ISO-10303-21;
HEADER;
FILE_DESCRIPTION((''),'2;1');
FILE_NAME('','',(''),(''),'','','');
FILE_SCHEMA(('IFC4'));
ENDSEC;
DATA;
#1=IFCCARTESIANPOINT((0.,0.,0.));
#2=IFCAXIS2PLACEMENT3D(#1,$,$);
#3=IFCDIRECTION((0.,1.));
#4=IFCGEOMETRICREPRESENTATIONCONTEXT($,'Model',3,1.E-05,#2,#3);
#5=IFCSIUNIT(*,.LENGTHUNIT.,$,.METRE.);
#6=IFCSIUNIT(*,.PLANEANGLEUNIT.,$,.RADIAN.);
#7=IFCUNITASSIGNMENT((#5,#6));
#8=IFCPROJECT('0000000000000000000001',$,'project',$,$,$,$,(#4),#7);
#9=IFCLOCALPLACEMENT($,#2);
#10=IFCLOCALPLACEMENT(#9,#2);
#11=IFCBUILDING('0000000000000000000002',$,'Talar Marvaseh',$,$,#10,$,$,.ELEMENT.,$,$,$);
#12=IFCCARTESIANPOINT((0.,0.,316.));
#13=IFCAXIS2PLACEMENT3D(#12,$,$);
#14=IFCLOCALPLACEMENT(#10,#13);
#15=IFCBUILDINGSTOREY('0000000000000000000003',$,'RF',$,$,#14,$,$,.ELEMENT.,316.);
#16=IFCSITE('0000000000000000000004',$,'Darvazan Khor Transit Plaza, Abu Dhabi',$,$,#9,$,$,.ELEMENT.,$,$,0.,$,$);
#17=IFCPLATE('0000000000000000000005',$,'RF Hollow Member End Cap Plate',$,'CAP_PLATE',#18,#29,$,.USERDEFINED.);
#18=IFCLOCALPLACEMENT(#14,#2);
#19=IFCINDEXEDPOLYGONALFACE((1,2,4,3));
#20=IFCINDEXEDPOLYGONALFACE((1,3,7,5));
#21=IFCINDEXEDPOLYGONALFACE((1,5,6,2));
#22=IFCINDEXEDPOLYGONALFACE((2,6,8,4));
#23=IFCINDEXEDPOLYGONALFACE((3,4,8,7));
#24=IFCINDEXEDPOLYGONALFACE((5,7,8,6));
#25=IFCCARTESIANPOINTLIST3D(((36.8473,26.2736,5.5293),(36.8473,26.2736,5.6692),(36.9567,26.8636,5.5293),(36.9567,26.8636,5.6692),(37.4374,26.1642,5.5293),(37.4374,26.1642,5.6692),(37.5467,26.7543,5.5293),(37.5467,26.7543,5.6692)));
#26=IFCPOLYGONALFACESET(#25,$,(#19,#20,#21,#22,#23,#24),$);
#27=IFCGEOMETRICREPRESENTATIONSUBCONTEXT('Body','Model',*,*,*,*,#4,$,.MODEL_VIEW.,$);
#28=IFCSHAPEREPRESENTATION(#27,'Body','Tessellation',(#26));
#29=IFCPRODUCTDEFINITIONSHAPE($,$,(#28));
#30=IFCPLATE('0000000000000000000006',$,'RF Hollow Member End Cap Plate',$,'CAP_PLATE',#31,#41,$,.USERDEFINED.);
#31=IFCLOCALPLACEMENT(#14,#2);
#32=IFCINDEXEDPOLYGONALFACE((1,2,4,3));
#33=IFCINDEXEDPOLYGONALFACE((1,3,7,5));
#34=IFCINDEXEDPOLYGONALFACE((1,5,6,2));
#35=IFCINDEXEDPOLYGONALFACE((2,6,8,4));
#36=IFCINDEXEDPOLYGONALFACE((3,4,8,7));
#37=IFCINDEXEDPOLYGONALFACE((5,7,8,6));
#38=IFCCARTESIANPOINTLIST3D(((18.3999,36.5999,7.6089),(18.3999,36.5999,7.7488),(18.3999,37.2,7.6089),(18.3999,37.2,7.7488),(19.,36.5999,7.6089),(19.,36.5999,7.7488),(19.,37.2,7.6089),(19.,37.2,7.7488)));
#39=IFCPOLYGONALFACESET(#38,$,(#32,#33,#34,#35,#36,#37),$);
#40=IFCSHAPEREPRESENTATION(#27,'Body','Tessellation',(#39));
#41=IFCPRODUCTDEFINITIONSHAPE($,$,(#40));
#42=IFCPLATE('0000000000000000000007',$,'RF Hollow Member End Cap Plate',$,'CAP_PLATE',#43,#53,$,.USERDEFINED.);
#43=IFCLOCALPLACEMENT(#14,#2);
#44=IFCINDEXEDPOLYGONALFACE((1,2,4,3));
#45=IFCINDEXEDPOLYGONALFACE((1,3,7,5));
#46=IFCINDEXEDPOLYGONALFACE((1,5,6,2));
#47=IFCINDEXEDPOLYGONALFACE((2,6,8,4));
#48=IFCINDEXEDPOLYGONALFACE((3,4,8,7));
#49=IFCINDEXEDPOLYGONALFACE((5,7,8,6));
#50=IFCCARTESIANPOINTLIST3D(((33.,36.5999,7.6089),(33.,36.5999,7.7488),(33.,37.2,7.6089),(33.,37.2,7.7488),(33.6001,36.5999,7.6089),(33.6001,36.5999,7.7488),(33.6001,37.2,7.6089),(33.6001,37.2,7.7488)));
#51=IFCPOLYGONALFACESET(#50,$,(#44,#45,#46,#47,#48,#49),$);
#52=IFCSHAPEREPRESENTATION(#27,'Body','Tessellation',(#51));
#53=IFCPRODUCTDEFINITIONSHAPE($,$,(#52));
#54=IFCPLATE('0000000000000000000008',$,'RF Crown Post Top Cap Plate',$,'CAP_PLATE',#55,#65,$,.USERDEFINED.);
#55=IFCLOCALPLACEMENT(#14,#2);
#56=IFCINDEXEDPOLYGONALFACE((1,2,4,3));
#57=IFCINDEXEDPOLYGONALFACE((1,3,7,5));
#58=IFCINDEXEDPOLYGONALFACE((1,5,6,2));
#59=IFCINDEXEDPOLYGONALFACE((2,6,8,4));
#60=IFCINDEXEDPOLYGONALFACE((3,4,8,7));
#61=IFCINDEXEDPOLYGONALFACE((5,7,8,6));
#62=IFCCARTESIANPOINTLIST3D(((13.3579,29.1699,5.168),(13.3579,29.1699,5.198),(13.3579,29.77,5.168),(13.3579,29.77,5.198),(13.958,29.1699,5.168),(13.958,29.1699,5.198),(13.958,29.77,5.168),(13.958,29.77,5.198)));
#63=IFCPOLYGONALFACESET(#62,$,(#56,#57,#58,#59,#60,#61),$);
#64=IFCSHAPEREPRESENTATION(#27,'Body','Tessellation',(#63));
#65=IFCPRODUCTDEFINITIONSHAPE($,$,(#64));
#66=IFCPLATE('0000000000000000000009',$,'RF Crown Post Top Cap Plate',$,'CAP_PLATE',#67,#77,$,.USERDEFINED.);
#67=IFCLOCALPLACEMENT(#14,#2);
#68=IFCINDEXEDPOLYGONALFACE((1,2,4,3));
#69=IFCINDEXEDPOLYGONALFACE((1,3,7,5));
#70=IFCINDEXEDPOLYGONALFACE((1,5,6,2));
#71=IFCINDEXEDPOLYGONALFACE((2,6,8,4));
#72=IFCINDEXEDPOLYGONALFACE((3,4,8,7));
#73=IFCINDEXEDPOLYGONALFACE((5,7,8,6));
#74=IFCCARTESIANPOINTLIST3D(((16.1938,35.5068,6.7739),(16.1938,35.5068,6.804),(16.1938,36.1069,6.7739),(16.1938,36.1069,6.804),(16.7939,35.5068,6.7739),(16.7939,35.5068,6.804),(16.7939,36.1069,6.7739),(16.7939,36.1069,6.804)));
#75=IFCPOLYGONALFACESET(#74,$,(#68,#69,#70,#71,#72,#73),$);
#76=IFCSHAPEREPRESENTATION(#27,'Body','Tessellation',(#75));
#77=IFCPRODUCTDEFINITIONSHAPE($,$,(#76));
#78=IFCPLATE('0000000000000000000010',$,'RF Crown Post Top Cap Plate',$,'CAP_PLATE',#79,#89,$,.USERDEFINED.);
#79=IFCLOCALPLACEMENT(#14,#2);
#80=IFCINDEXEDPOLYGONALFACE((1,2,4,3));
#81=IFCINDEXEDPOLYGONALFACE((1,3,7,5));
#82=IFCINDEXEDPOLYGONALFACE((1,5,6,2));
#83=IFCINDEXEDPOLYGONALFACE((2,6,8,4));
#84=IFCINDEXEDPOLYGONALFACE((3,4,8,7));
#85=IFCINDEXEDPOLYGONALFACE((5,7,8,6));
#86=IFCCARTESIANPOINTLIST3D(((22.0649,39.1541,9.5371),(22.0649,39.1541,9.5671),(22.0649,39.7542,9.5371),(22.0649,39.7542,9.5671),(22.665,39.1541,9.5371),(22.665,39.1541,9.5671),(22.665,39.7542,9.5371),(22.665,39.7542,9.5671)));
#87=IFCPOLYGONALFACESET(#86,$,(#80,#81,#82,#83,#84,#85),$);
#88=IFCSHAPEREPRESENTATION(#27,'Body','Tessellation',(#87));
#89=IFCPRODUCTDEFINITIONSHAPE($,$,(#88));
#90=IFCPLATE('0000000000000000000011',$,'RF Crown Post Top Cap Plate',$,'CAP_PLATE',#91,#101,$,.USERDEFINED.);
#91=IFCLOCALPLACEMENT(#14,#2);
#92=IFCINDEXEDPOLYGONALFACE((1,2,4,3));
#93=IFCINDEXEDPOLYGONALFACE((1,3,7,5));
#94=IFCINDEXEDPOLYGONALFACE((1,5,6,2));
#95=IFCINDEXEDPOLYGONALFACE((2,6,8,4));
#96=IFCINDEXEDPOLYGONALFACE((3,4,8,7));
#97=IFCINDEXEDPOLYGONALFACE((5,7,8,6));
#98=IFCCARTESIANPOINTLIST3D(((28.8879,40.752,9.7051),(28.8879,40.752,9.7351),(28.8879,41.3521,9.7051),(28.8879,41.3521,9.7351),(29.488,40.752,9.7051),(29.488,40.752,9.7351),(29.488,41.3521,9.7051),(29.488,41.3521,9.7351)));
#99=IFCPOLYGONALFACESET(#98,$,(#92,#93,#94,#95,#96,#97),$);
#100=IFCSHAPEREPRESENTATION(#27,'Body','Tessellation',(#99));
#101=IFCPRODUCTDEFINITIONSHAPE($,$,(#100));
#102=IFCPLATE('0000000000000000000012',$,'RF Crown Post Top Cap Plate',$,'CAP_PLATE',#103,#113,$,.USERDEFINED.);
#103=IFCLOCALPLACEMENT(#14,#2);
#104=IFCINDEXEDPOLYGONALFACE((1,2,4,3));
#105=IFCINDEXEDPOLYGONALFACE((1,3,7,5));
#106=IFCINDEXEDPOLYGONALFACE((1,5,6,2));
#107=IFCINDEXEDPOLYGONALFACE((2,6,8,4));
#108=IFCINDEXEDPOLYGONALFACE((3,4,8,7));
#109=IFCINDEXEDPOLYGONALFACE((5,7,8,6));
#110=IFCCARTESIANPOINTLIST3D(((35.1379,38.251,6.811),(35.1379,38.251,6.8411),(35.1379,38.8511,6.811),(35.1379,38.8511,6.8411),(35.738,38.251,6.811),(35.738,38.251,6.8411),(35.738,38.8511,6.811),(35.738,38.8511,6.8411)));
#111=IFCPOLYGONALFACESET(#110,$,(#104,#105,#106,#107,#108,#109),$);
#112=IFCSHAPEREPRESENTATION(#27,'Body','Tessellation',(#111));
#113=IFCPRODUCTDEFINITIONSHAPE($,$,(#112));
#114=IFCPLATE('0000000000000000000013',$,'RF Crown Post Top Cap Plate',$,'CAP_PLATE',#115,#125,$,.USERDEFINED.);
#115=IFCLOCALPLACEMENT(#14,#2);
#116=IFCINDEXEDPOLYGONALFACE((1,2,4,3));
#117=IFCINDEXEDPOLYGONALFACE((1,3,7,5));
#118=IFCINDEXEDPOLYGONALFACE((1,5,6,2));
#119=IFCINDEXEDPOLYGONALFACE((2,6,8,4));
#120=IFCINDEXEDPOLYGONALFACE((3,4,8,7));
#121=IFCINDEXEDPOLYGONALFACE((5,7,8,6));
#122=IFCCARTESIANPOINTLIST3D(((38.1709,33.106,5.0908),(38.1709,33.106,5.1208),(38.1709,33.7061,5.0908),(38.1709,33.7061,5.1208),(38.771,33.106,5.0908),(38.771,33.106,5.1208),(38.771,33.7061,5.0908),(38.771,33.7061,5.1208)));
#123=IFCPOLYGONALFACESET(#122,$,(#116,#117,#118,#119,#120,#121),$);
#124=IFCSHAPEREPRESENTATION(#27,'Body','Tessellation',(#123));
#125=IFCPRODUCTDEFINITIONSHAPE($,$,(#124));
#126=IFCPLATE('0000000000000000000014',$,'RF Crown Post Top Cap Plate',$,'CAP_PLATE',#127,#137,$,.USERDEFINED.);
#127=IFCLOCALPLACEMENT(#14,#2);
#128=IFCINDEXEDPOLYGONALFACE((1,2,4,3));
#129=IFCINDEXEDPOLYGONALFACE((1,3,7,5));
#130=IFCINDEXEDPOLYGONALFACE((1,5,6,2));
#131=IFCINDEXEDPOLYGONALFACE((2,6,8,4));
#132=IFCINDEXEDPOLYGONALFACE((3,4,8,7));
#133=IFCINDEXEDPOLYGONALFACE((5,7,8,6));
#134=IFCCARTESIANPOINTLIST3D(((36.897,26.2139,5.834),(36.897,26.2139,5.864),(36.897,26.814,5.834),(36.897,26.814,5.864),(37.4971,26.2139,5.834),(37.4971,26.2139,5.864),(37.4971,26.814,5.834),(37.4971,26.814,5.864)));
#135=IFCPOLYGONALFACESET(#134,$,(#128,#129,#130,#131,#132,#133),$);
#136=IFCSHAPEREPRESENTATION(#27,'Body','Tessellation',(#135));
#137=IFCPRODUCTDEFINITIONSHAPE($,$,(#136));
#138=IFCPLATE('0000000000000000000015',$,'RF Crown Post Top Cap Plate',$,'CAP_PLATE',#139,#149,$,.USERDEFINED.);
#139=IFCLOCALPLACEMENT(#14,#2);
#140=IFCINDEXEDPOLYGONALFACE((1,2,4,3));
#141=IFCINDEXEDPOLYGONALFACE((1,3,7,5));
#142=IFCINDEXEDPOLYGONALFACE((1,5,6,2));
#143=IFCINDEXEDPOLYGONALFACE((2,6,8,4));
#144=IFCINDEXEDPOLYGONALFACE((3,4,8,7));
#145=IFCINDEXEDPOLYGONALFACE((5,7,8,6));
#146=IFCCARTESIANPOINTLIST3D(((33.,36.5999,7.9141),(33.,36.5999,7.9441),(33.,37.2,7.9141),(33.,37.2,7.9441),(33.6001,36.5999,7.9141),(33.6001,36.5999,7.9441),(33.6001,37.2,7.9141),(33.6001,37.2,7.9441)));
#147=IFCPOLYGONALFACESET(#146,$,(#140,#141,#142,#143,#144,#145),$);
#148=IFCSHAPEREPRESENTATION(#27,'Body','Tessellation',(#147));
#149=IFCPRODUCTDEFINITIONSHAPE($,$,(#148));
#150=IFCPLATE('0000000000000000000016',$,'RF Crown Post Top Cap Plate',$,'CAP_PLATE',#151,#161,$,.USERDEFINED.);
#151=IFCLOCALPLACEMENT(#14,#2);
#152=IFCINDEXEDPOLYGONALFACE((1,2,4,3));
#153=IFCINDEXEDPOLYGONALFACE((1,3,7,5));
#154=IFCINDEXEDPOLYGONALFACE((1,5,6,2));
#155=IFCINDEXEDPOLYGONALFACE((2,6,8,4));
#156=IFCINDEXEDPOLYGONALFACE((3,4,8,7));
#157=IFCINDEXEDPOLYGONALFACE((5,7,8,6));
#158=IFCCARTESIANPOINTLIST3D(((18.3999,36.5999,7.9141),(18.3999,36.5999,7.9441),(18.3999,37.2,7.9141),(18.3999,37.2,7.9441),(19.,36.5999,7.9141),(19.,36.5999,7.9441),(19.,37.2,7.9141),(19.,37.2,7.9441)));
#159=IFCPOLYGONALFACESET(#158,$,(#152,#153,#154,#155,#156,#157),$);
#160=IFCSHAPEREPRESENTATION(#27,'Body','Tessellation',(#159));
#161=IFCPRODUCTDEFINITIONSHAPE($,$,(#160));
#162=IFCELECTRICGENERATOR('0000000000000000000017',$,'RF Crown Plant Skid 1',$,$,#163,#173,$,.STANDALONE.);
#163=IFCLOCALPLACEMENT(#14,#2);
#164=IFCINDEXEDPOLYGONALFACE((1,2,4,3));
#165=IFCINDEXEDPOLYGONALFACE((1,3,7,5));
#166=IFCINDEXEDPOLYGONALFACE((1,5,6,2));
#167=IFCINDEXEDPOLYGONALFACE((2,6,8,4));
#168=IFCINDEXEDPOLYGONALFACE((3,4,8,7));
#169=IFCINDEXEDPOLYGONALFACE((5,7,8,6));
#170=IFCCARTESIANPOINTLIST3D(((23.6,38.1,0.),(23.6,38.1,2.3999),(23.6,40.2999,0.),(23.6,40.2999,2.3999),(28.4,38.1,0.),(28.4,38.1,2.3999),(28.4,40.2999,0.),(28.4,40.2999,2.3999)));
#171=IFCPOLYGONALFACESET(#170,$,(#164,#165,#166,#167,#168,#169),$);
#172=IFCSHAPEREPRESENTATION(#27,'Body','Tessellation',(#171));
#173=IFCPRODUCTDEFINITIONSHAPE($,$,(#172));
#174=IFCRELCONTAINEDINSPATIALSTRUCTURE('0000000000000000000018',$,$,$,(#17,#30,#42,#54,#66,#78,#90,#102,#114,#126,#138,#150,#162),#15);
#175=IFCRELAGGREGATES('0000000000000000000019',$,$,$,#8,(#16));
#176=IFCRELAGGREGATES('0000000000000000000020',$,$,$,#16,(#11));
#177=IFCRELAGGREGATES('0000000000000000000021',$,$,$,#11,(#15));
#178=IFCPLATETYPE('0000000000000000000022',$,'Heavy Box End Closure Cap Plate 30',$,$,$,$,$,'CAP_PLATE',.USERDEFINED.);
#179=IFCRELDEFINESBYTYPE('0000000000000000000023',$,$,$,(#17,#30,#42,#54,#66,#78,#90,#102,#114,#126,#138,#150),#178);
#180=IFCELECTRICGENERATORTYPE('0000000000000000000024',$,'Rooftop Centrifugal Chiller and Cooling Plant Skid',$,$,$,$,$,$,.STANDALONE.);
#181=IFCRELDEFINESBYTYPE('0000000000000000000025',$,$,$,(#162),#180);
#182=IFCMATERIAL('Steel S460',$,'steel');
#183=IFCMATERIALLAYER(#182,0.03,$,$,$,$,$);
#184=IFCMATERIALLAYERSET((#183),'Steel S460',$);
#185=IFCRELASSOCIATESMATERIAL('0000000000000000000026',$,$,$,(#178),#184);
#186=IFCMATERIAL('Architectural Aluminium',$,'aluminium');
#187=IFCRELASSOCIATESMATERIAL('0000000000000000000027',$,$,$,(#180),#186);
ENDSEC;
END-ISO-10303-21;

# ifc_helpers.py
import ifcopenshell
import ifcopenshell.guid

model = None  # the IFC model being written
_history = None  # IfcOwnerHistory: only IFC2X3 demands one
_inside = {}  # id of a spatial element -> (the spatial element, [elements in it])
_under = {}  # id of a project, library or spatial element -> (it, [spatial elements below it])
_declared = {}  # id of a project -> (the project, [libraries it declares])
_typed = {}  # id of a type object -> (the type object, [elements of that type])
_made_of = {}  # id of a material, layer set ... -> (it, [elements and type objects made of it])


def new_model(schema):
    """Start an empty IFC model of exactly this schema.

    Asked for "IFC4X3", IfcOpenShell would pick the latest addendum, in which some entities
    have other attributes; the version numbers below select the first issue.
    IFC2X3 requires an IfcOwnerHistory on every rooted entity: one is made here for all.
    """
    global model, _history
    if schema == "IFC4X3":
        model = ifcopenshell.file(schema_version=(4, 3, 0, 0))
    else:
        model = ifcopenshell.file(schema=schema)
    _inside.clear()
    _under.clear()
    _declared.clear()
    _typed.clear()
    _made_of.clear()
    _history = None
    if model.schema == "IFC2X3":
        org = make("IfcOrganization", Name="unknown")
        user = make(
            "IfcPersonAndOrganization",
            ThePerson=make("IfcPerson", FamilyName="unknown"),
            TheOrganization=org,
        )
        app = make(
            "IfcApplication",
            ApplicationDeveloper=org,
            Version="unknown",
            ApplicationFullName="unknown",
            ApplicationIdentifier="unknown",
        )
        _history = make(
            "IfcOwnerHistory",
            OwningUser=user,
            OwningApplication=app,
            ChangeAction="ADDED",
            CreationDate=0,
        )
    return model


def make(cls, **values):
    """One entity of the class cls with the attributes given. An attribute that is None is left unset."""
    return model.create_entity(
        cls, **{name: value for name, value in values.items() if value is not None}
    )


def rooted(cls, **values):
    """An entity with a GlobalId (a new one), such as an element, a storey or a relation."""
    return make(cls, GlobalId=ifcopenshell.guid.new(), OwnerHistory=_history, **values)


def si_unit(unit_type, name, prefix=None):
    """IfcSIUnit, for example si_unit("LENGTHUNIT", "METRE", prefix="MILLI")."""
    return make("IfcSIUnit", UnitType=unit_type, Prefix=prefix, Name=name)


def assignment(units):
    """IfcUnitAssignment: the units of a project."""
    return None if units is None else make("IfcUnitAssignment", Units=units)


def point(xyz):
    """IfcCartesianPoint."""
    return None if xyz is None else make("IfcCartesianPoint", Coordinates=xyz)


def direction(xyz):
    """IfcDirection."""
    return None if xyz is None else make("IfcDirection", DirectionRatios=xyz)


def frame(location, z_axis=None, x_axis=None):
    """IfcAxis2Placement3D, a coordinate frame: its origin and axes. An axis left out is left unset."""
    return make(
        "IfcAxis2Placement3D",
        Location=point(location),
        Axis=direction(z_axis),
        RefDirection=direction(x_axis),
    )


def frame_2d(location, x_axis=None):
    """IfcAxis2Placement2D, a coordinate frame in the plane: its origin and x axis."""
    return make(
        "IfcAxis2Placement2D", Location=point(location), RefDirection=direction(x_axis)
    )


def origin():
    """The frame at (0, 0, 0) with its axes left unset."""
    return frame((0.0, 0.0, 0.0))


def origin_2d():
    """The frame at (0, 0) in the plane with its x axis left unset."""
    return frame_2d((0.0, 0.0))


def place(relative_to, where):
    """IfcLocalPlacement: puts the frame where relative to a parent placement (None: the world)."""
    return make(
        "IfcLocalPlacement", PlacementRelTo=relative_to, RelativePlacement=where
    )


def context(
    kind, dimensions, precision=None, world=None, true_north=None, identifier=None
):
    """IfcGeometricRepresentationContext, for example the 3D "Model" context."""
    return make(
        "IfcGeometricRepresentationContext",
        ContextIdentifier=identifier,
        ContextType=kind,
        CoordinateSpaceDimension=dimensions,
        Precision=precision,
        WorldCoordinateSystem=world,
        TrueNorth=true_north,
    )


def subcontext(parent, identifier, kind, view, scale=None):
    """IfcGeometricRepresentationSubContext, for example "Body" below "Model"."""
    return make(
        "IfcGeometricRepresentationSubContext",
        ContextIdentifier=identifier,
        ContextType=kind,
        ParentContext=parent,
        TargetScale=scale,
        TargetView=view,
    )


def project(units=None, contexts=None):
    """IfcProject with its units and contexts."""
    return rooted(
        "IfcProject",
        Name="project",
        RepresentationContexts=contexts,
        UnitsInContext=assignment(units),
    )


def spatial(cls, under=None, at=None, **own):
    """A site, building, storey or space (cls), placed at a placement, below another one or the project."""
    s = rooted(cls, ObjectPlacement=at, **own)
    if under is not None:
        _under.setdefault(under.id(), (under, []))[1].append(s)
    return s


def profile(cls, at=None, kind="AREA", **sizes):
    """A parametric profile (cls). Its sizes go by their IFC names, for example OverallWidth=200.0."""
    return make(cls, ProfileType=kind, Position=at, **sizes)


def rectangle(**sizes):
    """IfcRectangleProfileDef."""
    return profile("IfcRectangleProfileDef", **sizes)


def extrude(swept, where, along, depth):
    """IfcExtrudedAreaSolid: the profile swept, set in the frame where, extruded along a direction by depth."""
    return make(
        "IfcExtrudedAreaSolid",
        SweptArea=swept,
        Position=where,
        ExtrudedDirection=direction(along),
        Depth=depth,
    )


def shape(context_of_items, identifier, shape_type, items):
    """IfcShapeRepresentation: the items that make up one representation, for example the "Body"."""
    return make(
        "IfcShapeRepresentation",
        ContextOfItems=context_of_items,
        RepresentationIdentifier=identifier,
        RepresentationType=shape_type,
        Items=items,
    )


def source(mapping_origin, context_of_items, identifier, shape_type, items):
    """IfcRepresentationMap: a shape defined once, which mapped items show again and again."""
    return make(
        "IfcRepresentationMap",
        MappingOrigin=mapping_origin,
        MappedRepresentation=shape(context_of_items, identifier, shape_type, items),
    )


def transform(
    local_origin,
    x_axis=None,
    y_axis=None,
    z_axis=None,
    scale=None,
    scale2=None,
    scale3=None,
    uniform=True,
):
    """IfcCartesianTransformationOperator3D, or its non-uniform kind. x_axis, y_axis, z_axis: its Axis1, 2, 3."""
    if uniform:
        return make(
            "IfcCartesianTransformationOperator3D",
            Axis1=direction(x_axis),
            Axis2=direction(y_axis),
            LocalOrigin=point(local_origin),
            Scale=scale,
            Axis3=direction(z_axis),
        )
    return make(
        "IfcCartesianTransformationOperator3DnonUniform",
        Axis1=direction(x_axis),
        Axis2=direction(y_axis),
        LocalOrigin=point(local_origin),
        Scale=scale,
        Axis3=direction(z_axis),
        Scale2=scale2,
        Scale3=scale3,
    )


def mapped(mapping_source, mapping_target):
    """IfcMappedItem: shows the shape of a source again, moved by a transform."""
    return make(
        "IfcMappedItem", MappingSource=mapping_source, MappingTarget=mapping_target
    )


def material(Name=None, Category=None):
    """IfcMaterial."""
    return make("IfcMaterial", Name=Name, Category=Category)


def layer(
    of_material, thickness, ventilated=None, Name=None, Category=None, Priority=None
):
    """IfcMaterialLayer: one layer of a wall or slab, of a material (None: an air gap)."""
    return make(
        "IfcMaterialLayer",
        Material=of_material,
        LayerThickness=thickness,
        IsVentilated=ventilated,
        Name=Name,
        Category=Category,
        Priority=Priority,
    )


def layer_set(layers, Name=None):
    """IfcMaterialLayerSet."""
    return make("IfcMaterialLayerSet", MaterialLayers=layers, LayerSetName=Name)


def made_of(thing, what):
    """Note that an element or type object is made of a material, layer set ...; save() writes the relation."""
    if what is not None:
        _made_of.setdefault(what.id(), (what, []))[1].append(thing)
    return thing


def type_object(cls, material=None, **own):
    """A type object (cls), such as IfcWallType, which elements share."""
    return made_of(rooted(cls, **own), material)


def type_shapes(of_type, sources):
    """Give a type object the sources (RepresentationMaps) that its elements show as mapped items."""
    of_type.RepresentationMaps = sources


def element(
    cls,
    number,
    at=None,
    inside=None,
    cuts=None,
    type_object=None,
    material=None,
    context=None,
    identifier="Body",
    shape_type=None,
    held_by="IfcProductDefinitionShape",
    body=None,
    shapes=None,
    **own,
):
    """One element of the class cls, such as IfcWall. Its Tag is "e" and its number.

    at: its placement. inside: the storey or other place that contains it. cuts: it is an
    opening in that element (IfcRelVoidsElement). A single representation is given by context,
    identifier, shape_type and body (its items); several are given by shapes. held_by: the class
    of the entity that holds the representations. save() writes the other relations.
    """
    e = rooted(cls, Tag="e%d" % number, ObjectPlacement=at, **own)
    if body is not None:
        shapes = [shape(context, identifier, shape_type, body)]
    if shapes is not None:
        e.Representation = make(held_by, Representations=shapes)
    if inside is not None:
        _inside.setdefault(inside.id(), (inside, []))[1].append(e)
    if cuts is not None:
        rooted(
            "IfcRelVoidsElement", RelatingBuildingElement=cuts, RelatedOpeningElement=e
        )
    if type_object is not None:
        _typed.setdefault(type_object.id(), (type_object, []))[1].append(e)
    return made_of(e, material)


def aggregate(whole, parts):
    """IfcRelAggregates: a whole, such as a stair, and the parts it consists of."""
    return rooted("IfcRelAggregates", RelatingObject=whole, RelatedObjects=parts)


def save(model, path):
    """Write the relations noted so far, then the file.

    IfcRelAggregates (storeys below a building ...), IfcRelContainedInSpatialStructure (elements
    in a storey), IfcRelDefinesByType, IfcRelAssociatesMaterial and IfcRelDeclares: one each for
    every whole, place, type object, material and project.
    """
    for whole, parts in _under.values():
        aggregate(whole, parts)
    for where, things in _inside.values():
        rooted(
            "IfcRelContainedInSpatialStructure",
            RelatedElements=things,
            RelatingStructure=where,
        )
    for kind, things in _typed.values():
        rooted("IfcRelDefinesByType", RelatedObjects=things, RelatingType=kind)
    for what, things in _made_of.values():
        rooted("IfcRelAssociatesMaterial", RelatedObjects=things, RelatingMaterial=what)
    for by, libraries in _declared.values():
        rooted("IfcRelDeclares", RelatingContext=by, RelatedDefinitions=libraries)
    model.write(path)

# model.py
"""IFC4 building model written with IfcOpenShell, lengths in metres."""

from ifc_helpers import new_model, si_unit, direction, frame, origin, origin_2d, place, context, subcontext, project, spatial, rectangle, extrude, source, transform, mapped, material, layer, layer_set, type_object, type_shapes, element, save


model = new_model("IFC4")

# Units and contexts
model_context = context("Model", 3, precision=1e-05, world=origin(), true_north=direction((0.0, 1.0)))
body_context = subcontext(model_context, "Body", "Model", "MODEL_VIEW")
ifc_project = project(units=[si_unit("LENGTHUNIT", "METRE"), si_unit("PLANEANGLEUNIT", "RADIAN")], contexts=[model_context])

# Site, building, storey
site_placement = place(None, origin())
site = spatial("IfcSite", under=ifc_project, at=site_placement, Name="Darvazan Khor Transit Plaza, Abu Dhabi", CompositionType="ELEMENT", RefElevation=0.0)
building_placement = place(site_placement, origin())
building = spatial("IfcBuilding", under=site, at=building_placement, Name="Talar Marvaseh", CompositionType="ELEMENT")
storey_placement = place(building_placement, frame((0.0, 0.0, 316.0)))
storey = spatial("IfcBuildingStorey", under=building, at=storey_placement, Name="RF", CompositionType="ELEMENT", Elevation=316.0)

# Shared definitions
ifc_material_1 = material(Name="Steel S460", Category="steel")

# Plates
ifc_layer = layer(ifc_material_1, 0.03)
ifc_layer_set = layer_set([ifc_layer], Name="Steel S460")
plate_type = type_object("IfcPlateType", Name="Heavy Box End Closure Cap Plate 30", ElementType="CAP_PLATE", PredefinedType="USERDEFINED", material=ifc_layer_set)
shared_shape_1 = source(origin(), body_context, "Body", "SweptSolid", [
    extrude(rectangle(XDim=0.6001, YDim=0.6001, at=origin_2d()), origin(), (0.0, 0.0, 1.0), 0.1399),
])
for number, where, z_axis, x_axis, name in (
    (1, (37.197, 26.5139, 5.5293), (0.0, 0.0, 1.0), (-0.182236, -0.983255, 0.0), "RF Hollow Member End Cap Plate"),
    (2, (18.7, 36.8999, 7.6089), (0.0, 0.0, 1.0), (1.0, 0.0, 0.0), "RF Hollow Member End Cap Plate"),
    (3, (33.3, 36.8999, 7.6089), (0.0, 0.0, 1.0), (1.0, 0.0, 0.0), "RF Hollow Member End Cap Plate"),
):
    element("IfcPlate", number, at=place(storey_placement, frame(where, z_axis=z_axis, x_axis=x_axis)), inside=storey, type_object=plate_type, Name=name, ObjectType="CAP_PLATE", PredefinedType="USERDEFINED", context=body_context, shape_type="MappedRepresentation", body=[
        mapped(shared_shape_1, transform((0.0, 0.0, 0.0), x_axis=(1.0, 0.0, 0.0), y_axis=(0.0, 1.0, 0.0), z_axis=(0.0, 0.0, 1.0), scale=1.0)),
    ])
shared_shape_2 = source(origin(), body_context, "Body", "SweptSolid", [
    extrude(rectangle(XDim=0.6001, YDim=0.6001, at=origin_2d()), origin(), (0.0, 0.0, 1.0), 0.03),
])
type_shapes(plate_type, [shared_shape_1, shared_shape_2])
for number, where, z_axis, x_axis, name in (
    (4, (13.658, 29.47, 5.168), (0.0, 0.0, 1.0), (1.0, 0.0, 0.0), "RF Crown Post Top Cap Plate"),
    (5, (16.4939, 35.8069, 6.7739), (0.0, 0.0, 1.0), (1.0, 0.0, 0.0), "RF Crown Post Top Cap Plate"),
    (6, (22.365, 39.4541, 9.5371), (0.0, 0.0, 1.0), (1.0, 0.0, 0.0), "RF Crown Post Top Cap Plate"),
    (7, (29.188, 41.052, 9.7051), (0.0, 0.0, 1.0), (1.0, 0.0, 0.0), "RF Crown Post Top Cap Plate"),
    (8, (35.438, 38.551, 6.811), (0.0, 0.0, 1.0), (1.0, 0.0, 0.0), "RF Crown Post Top Cap Plate"),
    (9, (38.4709, 33.406, 5.0908), (0.0, 0.0, 1.0), (1.0, 0.0, 0.0), "RF Crown Post Top Cap Plate"),
    (10, (37.197, 26.5139, 5.834), (0.0, 0.0, 1.0), (1.0, 0.0, 0.0), "RF Crown Post Top Cap Plate"),
    (11, (33.3, 36.8999, 7.9141), (0.0, 0.0, 1.0), (1.0, 0.0, 0.0), "RF Crown Post Top Cap Plate"),
    (12, (18.7, 36.8999, 7.9141), (0.0, 0.0, 1.0), (1.0, 0.0, 0.0), "RF Crown Post Top Cap Plate"),
):
    element("IfcPlate", number, at=place(storey_placement, frame(where, z_axis=z_axis, x_axis=x_axis)), inside=storey, type_object=plate_type, Name=name, ObjectType="CAP_PLATE", PredefinedType="USERDEFINED", context=body_context, shape_type="MappedRepresentation", body=[
        mapped(shared_shape_2, transform((0.0, 0.0, 0.0), x_axis=(1.0, 0.0, 0.0), y_axis=(0.0, 1.0, 0.0), z_axis=(0.0, 0.0, 1.0), scale=1.0)),
    ])

# Electric generator
ifc_material_2 = material(Name="Architectural Aluminium", Category="aluminium")
electric_generator_type = type_object("IfcElectricGeneratorType", Name="Rooftop Centrifugal Chiller and Cooling Plant Skid", PredefinedType="STANDALONE", material=ifc_material_2)
shared_shape_3 = source(origin(), body_context, "Body", "SweptSolid", [
    extrude(rectangle(XDim=4.8, YDim=2.2, at=origin_2d()), origin(), (0.0, 0.0, 1.0), 2.3999),
])
type_shapes(electric_generator_type, [shared_shape_3])
electric_generator_placement = place(storey_placement, frame((26.0, 39.2, 0.0), z_axis=(0.0, 0.0, 1.0), x_axis=(1.0, 0.0, 0.0)))
element("IfcElectricGenerator", 13, at=electric_generator_placement, inside=storey, type_object=electric_generator_type, Name="RF Crown Plant Skid 1", PredefinedType="STANDALONE", context=body_context, shape_type="MappedRepresentation", body=[
    mapped(shared_shape_3, transform((0.0, 0.0, 0.0), x_axis=(1.0, 0.0, 0.0), y_axis=(0.0, 1.0, 0.0), z_axis=(0.0, 0.0, 1.0), scale=1.0)),
])

save(model, "model.ifc")
